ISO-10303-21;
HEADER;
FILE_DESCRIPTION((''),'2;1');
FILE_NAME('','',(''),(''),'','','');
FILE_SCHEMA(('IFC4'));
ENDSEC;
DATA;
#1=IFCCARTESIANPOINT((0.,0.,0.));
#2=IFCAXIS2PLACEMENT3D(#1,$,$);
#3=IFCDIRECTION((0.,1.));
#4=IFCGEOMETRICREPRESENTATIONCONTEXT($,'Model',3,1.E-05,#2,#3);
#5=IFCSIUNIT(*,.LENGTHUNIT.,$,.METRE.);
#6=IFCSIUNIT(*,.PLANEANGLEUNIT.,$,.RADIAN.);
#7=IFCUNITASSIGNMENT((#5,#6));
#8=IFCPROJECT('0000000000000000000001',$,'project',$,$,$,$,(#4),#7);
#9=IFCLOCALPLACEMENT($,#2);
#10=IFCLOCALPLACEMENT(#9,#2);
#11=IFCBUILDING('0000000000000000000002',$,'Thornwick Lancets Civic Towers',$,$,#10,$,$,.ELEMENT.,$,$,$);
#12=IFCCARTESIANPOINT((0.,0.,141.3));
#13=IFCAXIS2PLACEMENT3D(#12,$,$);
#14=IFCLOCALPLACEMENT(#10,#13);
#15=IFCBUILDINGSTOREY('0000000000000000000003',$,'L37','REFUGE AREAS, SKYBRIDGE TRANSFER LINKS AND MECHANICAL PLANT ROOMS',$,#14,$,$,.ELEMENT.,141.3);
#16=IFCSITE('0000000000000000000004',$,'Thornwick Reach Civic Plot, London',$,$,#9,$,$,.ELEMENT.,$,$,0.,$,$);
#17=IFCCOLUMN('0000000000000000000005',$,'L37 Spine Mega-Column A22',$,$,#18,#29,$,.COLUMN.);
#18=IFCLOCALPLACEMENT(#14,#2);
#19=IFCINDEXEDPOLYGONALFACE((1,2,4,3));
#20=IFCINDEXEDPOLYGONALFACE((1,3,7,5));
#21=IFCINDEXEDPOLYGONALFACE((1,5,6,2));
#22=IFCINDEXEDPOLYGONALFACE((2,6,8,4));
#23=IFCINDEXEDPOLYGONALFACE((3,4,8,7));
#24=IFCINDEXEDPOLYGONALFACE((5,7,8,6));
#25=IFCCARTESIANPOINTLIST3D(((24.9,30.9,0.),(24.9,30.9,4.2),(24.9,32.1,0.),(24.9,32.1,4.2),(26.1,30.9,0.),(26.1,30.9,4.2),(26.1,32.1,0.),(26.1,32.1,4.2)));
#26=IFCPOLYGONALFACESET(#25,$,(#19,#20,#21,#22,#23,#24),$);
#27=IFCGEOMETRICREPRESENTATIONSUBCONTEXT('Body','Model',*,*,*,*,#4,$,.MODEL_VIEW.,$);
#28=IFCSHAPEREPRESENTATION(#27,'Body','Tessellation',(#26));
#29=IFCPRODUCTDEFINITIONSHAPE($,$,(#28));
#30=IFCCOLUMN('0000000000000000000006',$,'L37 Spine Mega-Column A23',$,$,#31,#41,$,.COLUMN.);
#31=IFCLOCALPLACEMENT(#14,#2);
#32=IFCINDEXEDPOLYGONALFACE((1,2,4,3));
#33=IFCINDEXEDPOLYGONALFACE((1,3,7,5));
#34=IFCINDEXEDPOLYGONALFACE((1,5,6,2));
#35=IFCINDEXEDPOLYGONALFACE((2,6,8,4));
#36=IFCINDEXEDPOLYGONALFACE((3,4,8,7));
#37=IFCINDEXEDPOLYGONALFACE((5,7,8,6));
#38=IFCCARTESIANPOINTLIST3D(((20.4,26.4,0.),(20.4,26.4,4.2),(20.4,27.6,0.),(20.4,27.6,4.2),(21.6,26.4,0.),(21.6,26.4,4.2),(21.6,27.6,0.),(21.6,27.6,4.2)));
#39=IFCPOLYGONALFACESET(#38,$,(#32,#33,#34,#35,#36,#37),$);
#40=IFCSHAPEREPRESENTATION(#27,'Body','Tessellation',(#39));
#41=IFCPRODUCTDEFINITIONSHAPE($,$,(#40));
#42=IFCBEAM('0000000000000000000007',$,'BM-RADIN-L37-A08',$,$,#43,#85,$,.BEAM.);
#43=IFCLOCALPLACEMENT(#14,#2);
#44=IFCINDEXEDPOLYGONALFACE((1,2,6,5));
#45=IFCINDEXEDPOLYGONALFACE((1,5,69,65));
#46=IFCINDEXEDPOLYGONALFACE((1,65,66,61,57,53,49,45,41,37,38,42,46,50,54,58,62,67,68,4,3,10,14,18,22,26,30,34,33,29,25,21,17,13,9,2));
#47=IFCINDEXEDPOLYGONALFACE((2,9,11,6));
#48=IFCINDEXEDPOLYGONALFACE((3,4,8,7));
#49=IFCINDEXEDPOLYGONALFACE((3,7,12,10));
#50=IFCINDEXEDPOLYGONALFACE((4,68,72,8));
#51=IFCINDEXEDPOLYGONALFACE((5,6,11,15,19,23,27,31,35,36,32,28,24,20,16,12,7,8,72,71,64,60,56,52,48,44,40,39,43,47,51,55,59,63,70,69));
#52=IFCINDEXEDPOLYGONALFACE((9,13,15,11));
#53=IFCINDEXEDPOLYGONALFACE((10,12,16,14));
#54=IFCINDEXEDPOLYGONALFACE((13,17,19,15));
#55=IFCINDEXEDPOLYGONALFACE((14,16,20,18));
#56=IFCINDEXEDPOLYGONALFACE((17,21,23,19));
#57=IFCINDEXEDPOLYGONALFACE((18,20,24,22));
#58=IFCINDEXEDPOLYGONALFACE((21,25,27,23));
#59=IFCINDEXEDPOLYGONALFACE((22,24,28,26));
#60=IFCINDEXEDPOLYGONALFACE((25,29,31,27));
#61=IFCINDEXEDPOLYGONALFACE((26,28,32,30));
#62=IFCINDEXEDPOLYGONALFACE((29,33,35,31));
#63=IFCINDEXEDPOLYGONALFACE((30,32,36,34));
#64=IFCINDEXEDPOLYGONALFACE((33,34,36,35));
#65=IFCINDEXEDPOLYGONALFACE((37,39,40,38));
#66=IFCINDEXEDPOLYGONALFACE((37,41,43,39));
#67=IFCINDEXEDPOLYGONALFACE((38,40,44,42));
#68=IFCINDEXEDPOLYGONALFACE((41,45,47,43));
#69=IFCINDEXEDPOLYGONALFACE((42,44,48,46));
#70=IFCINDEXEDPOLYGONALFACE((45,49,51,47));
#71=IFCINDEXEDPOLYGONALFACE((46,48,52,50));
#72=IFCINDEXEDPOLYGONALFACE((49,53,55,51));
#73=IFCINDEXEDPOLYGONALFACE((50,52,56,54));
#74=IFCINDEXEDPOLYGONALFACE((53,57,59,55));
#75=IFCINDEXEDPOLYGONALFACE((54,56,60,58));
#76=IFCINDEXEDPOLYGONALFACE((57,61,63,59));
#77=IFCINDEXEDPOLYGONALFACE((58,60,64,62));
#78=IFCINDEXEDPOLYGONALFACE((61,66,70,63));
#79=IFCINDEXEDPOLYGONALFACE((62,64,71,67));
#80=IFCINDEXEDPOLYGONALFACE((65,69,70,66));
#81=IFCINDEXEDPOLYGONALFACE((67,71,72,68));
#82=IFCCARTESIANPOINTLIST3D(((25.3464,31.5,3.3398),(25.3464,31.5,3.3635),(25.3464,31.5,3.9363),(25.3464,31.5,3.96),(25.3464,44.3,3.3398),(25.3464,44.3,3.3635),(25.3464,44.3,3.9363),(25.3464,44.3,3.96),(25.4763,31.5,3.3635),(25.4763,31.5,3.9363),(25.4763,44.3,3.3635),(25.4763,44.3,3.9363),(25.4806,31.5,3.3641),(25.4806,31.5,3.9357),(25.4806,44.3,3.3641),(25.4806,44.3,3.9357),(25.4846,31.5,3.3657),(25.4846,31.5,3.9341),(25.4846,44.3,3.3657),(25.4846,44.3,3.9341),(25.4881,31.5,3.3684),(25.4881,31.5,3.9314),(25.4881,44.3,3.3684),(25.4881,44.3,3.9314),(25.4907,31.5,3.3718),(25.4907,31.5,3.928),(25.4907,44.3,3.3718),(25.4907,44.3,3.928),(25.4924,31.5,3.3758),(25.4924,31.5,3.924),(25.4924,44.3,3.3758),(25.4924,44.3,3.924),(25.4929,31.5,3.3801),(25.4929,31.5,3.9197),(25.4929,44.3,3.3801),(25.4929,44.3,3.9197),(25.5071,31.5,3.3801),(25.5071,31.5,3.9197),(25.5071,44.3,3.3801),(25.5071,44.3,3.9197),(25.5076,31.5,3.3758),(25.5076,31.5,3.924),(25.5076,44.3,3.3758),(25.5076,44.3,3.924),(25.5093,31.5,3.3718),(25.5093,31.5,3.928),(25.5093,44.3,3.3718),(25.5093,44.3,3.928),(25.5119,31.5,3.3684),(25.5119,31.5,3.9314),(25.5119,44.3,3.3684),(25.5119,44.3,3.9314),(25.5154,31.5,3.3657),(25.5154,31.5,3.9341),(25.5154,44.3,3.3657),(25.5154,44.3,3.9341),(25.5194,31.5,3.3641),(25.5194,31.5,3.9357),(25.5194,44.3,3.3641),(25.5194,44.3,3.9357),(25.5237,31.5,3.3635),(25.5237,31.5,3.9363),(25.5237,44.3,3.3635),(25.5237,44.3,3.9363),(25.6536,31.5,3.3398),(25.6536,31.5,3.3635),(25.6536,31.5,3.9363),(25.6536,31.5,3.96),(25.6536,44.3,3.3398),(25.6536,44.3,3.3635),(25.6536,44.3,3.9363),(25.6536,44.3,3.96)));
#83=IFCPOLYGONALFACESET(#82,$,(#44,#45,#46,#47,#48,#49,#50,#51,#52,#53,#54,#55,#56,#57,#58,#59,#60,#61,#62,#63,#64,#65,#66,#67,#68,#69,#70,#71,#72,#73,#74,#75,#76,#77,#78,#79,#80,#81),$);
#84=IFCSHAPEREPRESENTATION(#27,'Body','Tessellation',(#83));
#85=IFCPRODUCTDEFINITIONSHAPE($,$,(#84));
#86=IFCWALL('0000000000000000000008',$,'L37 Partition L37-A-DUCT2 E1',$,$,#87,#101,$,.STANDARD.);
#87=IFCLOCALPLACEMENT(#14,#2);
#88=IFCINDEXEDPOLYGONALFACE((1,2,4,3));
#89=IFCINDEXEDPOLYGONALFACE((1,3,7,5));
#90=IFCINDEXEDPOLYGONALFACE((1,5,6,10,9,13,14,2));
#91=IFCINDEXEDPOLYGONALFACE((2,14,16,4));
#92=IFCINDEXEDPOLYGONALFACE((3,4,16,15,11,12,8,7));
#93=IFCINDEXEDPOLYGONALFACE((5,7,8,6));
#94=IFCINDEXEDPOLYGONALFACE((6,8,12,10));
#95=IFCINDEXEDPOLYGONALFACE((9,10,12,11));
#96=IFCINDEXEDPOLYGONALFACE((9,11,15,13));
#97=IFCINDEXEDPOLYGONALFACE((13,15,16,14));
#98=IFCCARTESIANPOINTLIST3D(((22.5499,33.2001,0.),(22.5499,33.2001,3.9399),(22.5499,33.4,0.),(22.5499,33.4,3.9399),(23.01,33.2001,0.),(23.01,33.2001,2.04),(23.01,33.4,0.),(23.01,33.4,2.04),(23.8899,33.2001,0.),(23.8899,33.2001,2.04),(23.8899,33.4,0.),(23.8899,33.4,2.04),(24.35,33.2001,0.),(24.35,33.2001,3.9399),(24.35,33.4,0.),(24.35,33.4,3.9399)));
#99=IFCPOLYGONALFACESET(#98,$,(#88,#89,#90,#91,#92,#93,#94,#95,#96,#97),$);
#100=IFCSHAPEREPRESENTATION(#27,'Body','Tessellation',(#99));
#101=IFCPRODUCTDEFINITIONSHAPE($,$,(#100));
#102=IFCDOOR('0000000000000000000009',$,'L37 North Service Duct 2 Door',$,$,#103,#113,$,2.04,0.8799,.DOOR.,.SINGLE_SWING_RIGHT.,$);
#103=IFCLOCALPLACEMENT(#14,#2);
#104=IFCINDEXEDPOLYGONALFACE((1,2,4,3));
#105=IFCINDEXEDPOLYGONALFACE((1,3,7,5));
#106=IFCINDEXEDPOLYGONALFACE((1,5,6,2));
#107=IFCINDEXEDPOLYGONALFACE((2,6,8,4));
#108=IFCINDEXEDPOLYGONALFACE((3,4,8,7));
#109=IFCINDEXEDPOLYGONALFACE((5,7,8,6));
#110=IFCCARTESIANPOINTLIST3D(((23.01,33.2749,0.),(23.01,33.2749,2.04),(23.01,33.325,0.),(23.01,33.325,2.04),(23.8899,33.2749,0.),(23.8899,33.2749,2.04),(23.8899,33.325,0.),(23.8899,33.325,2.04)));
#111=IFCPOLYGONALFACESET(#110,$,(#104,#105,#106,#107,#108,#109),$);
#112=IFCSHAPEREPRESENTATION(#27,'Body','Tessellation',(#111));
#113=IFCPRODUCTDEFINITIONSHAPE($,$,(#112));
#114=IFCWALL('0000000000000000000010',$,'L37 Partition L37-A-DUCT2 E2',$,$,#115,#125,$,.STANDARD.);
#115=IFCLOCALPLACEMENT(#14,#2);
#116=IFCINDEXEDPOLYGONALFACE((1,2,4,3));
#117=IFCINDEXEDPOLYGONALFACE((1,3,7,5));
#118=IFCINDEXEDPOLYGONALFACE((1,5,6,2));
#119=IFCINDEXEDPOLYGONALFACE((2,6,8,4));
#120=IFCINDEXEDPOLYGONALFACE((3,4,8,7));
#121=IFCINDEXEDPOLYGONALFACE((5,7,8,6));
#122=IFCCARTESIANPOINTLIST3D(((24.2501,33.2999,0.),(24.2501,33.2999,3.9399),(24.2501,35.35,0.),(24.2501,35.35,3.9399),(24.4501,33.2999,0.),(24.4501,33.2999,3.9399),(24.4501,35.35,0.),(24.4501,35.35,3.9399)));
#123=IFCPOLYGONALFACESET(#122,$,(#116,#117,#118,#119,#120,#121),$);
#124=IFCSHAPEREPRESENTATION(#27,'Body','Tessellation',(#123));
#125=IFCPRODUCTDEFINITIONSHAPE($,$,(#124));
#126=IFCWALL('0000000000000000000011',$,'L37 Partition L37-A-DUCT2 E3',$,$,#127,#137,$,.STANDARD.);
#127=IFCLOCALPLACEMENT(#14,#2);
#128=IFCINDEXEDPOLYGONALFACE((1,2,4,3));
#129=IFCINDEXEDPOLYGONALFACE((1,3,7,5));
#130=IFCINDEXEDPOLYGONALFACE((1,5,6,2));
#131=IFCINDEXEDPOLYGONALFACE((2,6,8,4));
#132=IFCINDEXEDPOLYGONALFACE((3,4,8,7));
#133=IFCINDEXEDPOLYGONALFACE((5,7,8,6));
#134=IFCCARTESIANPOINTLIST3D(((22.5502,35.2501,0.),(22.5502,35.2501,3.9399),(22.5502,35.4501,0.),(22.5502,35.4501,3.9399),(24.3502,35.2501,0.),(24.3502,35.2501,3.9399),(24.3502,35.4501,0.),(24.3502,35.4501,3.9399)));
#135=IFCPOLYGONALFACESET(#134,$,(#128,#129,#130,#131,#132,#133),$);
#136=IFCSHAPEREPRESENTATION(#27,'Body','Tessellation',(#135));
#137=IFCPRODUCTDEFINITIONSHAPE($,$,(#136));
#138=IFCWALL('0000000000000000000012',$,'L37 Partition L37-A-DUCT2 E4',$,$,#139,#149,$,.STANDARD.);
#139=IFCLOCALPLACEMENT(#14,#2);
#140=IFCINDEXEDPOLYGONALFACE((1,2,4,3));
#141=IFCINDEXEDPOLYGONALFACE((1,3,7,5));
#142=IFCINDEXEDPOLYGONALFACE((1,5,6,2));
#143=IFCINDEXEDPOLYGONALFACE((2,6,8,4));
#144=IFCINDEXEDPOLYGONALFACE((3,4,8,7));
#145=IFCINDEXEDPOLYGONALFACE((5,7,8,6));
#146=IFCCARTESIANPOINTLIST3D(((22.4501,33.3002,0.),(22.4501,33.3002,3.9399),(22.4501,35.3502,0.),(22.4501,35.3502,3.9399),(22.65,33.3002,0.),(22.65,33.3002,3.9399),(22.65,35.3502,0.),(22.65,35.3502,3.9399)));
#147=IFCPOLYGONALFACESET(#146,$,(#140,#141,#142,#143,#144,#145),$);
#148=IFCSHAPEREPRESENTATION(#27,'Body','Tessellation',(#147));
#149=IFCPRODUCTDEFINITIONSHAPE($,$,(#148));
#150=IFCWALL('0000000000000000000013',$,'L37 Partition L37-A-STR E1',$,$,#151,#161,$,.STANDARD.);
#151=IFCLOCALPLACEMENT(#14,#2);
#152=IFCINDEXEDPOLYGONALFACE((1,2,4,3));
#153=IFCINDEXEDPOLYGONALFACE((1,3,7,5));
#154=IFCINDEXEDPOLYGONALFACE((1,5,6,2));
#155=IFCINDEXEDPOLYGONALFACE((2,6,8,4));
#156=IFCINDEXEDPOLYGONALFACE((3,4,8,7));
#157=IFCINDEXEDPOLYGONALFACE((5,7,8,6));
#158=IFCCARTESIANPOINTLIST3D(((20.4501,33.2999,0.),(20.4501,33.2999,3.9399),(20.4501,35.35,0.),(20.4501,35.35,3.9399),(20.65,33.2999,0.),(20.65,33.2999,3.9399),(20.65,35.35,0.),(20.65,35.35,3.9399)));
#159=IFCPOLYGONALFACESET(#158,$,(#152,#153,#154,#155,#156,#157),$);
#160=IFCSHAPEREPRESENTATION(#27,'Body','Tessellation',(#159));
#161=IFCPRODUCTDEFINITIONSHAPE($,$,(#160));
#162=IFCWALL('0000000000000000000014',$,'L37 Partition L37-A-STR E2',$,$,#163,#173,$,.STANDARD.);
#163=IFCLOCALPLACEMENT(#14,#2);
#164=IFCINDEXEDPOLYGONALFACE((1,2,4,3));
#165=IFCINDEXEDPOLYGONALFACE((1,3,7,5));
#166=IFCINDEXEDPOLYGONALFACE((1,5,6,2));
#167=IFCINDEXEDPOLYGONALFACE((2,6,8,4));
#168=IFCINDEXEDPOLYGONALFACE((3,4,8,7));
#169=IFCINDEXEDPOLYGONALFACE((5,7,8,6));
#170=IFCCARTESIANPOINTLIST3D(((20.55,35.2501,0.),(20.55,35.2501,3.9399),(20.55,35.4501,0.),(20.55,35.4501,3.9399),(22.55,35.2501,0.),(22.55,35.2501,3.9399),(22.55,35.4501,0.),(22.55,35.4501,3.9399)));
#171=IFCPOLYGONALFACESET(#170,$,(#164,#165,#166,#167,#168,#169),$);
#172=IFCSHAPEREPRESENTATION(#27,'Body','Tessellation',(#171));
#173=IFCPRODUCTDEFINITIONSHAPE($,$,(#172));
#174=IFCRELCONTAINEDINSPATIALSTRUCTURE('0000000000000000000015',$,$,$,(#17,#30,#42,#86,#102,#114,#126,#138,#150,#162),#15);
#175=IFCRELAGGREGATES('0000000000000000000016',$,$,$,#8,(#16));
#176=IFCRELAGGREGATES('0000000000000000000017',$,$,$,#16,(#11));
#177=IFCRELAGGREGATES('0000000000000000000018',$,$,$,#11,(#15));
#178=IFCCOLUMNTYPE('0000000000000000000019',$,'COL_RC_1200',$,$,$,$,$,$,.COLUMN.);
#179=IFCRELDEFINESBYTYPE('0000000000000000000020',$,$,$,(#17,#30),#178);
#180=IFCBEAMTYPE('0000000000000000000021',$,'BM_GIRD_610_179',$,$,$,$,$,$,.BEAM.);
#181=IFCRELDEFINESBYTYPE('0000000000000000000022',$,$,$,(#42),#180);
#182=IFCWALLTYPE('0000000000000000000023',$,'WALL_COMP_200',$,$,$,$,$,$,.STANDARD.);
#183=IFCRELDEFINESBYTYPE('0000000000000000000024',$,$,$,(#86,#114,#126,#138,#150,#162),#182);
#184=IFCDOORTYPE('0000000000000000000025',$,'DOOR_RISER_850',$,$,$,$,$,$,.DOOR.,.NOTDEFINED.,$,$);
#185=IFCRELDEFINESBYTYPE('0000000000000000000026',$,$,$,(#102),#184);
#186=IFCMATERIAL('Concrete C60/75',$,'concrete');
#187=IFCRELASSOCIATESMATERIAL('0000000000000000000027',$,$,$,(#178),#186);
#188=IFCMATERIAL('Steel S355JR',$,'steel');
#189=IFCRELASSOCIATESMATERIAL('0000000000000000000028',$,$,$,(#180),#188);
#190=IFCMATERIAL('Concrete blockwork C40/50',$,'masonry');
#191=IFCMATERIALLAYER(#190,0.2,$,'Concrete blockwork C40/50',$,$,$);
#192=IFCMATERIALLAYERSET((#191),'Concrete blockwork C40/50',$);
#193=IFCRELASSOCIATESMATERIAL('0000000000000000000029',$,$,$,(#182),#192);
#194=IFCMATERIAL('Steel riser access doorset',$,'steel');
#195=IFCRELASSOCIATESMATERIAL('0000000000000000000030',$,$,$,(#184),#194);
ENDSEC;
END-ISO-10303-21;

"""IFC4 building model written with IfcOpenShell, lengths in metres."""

from ifc_helpers import new_model, si_unit, direction, frame, frame_2d, origin, origin_2d, place, context, subcontext, project, spatial, rectangle, i_section, extrude, material, layer, layer_set, material_profile, profile_set, type_object, element, fill, save


model = new_model("IFC4")

# Units and contexts
model_context = context("Model", 3, precision=1e-05, world=origin(), true_north=direction((0.0, 1.0)))
body_context = subcontext(model_context, "Body", "Model", "MODEL_VIEW")
ifc_project = project(units=[si_unit("LENGTHUNIT", "METRE"), si_unit("PLANEANGLEUNIT", "RADIAN")], contexts=[model_context])

# Site, building, storey
site_placement = place(None, origin())
site = spatial("IfcSite", under=ifc_project, at=site_placement, Name="Thornwick Reach Civic Plot, London", CompositionType="ELEMENT", RefElevation=0.0)
building_placement = place(site_placement, origin())
building = spatial("IfcBuilding", under=site, at=building_placement, Name="Thornwick Lancets Civic Towers", CompositionType="ELEMENT")
storey_placement = place(building_placement, frame((0.0, 0.0, 141.3)))
storey = spatial("IfcBuildingStorey", under=building, at=storey_placement, Name="L37", Description="REFUGE AREAS, SKYBRIDGE TRANSFER LINKS AND MECHANICAL PLANT ROOMS", CompositionType="ELEMENT", Elevation=141.3)

# Columns
ifc_material_1 = material(Name="Concrete C60/75", Category="concrete")
ifc_material_profile_1 = material_profile(ifc_material_1, rectangle(XDim=1.2, YDim=1.2, at=origin_2d()), Name="RC 1200x1200")
ifc_profile_set_1 = profile_set([ifc_material_profile_1], Name="Concrete C60/75")
column_type = type_object("IfcColumnType", Name="COL_RC_1200", PredefinedType="COLUMN", material=ifc_profile_set_1)
for number, where, z_axis, x_axis, name in (
    (1, (25.5, 31.5, 0.0), (0.0, 0.0, 1.0), (1.0, 0.0, 0.0), "L37 Spine Mega-Column A22"),
    (2, (21.0, 27.0, 0.0), (0.0, 0.0, 1.0), (1.0, 0.0, 0.0), "L37 Spine Mega-Column A23"),
):
    element("IfcColumn", number, at=place(storey_placement, frame(where, z_axis=z_axis, x_axis=x_axis)), inside=storey, type_object=column_type, Name=name, PredefinedType="COLUMN", context=body_context, shape_type="SweptSolid", body=[
        extrude(rectangle(XDim=1.2, YDim=1.2, at=origin_2d()), origin(), (0.0, 0.0, 1.0), 4.2),
    ])

# Beam
ifc_material_2 = material(Name="Steel S355JR", Category="steel")
ifc_material_profile_2 = material_profile(ifc_material_2, i_section(OverallWidth=0.3071, OverallDepth=0.6201, WebThickness=0.0142, FlangeThickness=0.0237, FilletRadius=0.0166, at=origin_2d()), Name="UKB 610x305x179")
ifc_profile_set_2 = profile_set([ifc_material_profile_2], Name="Steel S355JR")
beam_type = type_object("IfcBeamType", Name="BM_GIRD_610_179", PredefinedType="BEAM", material=ifc_profile_set_2)
beam_placement = place(storey_placement, frame((25.5, 31.5, 3.6499), z_axis=(0.0, 1.0, 0.0), x_axis=(-1.0, 0.0, 0.0)))
element("IfcBeam", 3, at=beam_placement, inside=storey, type_object=beam_type, Name="BM-RADIN-L37-A08", PredefinedType="BEAM", context=body_context, shape_type="SweptSolid", body=[
    extrude(i_section(OverallWidth=0.3071, OverallDepth=0.6201, WebThickness=0.0142, FlangeThickness=0.0237, FilletRadius=0.0166, at=origin_2d()), origin(), (0.0, 0.0, 1.0), 12.8),
])

# Wall, opening, door
ifc_material_3 = material(Name="Concrete blockwork C40/50", Category="masonry")
ifc_layer_1 = layer(ifc_material_3, 0.2, Name="Concrete blockwork C40/50")
ifc_layer_set_1 = layer_set([ifc_layer_1], Name="Concrete blockwork C40/50")
wall_type_1 = type_object("IfcWallType", Name="WALL_COMP_200", PredefinedType="STANDARD", material=ifc_layer_set_1)
wall_1_placement = place(storey_placement, frame((22.55, 33.3, 0.0), z_axis=(0.0, 0.0, 1.0), x_axis=(1.0, 0.0, 0.0)))
wall_1 = element("IfcWall", 4, at=wall_1_placement, inside=storey, type_object=wall_type_1, Name="L37 Partition L37-A-DUCT2 E1", PredefinedType="STANDARD", context=body_context, shape_type="SweptSolid", body=[
    extrude(rectangle(XDim=1.8, YDim=0.2, at=frame_2d((0.8999, 0.0))), origin(), (0.0, 0.0, 1.0), 3.9399),
])
opening_1_placement = place(wall_1_placement, frame((0.46, 0.0, 0.0)))
opening_1 = element("IfcOpeningElement", 5, at=opening_1_placement, cuts=wall_1, PredefinedType="OPENING", context=body_context, shape_type="SweptSolid", body=[
    extrude(rectangle(XDim=0.8799, YDim=2.04, at=frame_2d((0.4399, 1.02))), frame((0.0, 0.1099, 0.0), z_axis=(0.0, -1.0, 0.0), x_axis=(1.0, 0.0, 0.0)), (0.0, 0.0, 1.0), 0.22),
])
ifc_material_4 = material(Name="Steel riser access doorset", Category="steel")
door_type_1 = type_object("IfcDoorType", Name="DOOR_RISER_850", OperationType="NOTDEFINED", PredefinedType="DOOR", material=ifc_material_4)
door_1_placement = place(opening_1_placement, origin())
door_1 = element("IfcDoor", 6, at=door_1_placement, inside=storey, type_object=door_type_1, Name="L37 North Service Duct 2 Door", OperationType="SINGLE_SWING_RIGHT", OverallHeight=2.04, OverallWidth=0.8799, PredefinedType="DOOR", context=body_context, shape_type="SweptSolid", body=[
    extrude(rectangle(XDim=0.8799, YDim=2.04, at=frame_2d((0.4399, 1.02))), frame((0.0, 0.0249, 0.0), z_axis=(0.0, -1.0, 0.0), x_axis=(1.0, 0.0, 0.0)), (0.0, 0.0, 1.0), 0.05),
])
fill(opening_1, door_1)

# Walls
wall_2_placement = place(storey_placement, frame((24.3501, 33.3, 0.0), z_axis=(0.0, 0.0, 1.0), x_axis=(0.0, 1.0, 0.0)))
element("IfcWall", 7, at=wall_2_placement, inside=storey, type_object=wall_type_1, Name="L37 Partition L37-A-DUCT2 E2", PredefinedType="STANDARD", context=body_context, shape_type="SweptSolid", body=[
    extrude(rectangle(XDim=2.05, YDim=0.2, at=frame_2d((1.0249, 0.0))), origin(), (0.0, 0.0, 1.0), 3.9399),
])
wall_3_placement = place(storey_placement, frame((24.3501, 35.3501, 0.0), z_axis=(0.0, 0.0, 1.0), x_axis=(-1.0, 0.0, 0.0)))
element("IfcWall", 8, at=wall_3_placement, inside=storey, type_object=wall_type_1, Name="L37 Partition L37-A-DUCT2 E3", PredefinedType="STANDARD", context=body_context, shape_type="SweptSolid", body=[
    extrude(rectangle(XDim=1.8, YDim=0.2, at=frame_2d((0.8999, 0.0))), origin(), (0.0, 0.0, 1.0), 3.9399),
])
for number, where, z_axis, x_axis, name in (
    (9, (22.55, 35.3501, 0.0), (0.0, 0.0, 1.0), (0.0, -1.0, 0.0), "L37 Partition L37-A-DUCT2 E4"),
    (10, (20.55, 33.3, 0.0), (0.0, 0.0, 1.0), (0.0, 1.0, 0.0), "L37 Partition L37-A-STR E1"),
):
    element("IfcWall", number, at=place(storey_placement, frame(where, z_axis=z_axis, x_axis=x_axis)), inside=storey, type_object=wall_type_1, Name=name, PredefinedType="STANDARD", context=body_context, shape_type="SweptSolid", body=[
        extrude(rectangle(XDim=2.05, YDim=0.2, at=frame_2d((1.0249, 0.0))), origin(), (0.0, 0.0, 1.0), 3.9399),
    ])
wall_4_placement = place(storey_placement, frame((20.55, 35.3501, 0.0), z_axis=(0.0, 0.0, 1.0), x_axis=(1.0, 0.0, 0.0)))
element("IfcWall", 11, at=wall_4_placement, inside=storey, type_object=wall_type_1, Name="L37 Partition L37-A-STR E2", PredefinedType="STANDARD", context=body_context, shape_type="SweptSolid", body=[
    extrude(rectangle(XDim=2.0, YDim=0.2, at=frame_2d((1.0, 0.0))), origin(), (0.0, 0.0, 1.0), 3.9399),
])

save(model, "model.ifc")
